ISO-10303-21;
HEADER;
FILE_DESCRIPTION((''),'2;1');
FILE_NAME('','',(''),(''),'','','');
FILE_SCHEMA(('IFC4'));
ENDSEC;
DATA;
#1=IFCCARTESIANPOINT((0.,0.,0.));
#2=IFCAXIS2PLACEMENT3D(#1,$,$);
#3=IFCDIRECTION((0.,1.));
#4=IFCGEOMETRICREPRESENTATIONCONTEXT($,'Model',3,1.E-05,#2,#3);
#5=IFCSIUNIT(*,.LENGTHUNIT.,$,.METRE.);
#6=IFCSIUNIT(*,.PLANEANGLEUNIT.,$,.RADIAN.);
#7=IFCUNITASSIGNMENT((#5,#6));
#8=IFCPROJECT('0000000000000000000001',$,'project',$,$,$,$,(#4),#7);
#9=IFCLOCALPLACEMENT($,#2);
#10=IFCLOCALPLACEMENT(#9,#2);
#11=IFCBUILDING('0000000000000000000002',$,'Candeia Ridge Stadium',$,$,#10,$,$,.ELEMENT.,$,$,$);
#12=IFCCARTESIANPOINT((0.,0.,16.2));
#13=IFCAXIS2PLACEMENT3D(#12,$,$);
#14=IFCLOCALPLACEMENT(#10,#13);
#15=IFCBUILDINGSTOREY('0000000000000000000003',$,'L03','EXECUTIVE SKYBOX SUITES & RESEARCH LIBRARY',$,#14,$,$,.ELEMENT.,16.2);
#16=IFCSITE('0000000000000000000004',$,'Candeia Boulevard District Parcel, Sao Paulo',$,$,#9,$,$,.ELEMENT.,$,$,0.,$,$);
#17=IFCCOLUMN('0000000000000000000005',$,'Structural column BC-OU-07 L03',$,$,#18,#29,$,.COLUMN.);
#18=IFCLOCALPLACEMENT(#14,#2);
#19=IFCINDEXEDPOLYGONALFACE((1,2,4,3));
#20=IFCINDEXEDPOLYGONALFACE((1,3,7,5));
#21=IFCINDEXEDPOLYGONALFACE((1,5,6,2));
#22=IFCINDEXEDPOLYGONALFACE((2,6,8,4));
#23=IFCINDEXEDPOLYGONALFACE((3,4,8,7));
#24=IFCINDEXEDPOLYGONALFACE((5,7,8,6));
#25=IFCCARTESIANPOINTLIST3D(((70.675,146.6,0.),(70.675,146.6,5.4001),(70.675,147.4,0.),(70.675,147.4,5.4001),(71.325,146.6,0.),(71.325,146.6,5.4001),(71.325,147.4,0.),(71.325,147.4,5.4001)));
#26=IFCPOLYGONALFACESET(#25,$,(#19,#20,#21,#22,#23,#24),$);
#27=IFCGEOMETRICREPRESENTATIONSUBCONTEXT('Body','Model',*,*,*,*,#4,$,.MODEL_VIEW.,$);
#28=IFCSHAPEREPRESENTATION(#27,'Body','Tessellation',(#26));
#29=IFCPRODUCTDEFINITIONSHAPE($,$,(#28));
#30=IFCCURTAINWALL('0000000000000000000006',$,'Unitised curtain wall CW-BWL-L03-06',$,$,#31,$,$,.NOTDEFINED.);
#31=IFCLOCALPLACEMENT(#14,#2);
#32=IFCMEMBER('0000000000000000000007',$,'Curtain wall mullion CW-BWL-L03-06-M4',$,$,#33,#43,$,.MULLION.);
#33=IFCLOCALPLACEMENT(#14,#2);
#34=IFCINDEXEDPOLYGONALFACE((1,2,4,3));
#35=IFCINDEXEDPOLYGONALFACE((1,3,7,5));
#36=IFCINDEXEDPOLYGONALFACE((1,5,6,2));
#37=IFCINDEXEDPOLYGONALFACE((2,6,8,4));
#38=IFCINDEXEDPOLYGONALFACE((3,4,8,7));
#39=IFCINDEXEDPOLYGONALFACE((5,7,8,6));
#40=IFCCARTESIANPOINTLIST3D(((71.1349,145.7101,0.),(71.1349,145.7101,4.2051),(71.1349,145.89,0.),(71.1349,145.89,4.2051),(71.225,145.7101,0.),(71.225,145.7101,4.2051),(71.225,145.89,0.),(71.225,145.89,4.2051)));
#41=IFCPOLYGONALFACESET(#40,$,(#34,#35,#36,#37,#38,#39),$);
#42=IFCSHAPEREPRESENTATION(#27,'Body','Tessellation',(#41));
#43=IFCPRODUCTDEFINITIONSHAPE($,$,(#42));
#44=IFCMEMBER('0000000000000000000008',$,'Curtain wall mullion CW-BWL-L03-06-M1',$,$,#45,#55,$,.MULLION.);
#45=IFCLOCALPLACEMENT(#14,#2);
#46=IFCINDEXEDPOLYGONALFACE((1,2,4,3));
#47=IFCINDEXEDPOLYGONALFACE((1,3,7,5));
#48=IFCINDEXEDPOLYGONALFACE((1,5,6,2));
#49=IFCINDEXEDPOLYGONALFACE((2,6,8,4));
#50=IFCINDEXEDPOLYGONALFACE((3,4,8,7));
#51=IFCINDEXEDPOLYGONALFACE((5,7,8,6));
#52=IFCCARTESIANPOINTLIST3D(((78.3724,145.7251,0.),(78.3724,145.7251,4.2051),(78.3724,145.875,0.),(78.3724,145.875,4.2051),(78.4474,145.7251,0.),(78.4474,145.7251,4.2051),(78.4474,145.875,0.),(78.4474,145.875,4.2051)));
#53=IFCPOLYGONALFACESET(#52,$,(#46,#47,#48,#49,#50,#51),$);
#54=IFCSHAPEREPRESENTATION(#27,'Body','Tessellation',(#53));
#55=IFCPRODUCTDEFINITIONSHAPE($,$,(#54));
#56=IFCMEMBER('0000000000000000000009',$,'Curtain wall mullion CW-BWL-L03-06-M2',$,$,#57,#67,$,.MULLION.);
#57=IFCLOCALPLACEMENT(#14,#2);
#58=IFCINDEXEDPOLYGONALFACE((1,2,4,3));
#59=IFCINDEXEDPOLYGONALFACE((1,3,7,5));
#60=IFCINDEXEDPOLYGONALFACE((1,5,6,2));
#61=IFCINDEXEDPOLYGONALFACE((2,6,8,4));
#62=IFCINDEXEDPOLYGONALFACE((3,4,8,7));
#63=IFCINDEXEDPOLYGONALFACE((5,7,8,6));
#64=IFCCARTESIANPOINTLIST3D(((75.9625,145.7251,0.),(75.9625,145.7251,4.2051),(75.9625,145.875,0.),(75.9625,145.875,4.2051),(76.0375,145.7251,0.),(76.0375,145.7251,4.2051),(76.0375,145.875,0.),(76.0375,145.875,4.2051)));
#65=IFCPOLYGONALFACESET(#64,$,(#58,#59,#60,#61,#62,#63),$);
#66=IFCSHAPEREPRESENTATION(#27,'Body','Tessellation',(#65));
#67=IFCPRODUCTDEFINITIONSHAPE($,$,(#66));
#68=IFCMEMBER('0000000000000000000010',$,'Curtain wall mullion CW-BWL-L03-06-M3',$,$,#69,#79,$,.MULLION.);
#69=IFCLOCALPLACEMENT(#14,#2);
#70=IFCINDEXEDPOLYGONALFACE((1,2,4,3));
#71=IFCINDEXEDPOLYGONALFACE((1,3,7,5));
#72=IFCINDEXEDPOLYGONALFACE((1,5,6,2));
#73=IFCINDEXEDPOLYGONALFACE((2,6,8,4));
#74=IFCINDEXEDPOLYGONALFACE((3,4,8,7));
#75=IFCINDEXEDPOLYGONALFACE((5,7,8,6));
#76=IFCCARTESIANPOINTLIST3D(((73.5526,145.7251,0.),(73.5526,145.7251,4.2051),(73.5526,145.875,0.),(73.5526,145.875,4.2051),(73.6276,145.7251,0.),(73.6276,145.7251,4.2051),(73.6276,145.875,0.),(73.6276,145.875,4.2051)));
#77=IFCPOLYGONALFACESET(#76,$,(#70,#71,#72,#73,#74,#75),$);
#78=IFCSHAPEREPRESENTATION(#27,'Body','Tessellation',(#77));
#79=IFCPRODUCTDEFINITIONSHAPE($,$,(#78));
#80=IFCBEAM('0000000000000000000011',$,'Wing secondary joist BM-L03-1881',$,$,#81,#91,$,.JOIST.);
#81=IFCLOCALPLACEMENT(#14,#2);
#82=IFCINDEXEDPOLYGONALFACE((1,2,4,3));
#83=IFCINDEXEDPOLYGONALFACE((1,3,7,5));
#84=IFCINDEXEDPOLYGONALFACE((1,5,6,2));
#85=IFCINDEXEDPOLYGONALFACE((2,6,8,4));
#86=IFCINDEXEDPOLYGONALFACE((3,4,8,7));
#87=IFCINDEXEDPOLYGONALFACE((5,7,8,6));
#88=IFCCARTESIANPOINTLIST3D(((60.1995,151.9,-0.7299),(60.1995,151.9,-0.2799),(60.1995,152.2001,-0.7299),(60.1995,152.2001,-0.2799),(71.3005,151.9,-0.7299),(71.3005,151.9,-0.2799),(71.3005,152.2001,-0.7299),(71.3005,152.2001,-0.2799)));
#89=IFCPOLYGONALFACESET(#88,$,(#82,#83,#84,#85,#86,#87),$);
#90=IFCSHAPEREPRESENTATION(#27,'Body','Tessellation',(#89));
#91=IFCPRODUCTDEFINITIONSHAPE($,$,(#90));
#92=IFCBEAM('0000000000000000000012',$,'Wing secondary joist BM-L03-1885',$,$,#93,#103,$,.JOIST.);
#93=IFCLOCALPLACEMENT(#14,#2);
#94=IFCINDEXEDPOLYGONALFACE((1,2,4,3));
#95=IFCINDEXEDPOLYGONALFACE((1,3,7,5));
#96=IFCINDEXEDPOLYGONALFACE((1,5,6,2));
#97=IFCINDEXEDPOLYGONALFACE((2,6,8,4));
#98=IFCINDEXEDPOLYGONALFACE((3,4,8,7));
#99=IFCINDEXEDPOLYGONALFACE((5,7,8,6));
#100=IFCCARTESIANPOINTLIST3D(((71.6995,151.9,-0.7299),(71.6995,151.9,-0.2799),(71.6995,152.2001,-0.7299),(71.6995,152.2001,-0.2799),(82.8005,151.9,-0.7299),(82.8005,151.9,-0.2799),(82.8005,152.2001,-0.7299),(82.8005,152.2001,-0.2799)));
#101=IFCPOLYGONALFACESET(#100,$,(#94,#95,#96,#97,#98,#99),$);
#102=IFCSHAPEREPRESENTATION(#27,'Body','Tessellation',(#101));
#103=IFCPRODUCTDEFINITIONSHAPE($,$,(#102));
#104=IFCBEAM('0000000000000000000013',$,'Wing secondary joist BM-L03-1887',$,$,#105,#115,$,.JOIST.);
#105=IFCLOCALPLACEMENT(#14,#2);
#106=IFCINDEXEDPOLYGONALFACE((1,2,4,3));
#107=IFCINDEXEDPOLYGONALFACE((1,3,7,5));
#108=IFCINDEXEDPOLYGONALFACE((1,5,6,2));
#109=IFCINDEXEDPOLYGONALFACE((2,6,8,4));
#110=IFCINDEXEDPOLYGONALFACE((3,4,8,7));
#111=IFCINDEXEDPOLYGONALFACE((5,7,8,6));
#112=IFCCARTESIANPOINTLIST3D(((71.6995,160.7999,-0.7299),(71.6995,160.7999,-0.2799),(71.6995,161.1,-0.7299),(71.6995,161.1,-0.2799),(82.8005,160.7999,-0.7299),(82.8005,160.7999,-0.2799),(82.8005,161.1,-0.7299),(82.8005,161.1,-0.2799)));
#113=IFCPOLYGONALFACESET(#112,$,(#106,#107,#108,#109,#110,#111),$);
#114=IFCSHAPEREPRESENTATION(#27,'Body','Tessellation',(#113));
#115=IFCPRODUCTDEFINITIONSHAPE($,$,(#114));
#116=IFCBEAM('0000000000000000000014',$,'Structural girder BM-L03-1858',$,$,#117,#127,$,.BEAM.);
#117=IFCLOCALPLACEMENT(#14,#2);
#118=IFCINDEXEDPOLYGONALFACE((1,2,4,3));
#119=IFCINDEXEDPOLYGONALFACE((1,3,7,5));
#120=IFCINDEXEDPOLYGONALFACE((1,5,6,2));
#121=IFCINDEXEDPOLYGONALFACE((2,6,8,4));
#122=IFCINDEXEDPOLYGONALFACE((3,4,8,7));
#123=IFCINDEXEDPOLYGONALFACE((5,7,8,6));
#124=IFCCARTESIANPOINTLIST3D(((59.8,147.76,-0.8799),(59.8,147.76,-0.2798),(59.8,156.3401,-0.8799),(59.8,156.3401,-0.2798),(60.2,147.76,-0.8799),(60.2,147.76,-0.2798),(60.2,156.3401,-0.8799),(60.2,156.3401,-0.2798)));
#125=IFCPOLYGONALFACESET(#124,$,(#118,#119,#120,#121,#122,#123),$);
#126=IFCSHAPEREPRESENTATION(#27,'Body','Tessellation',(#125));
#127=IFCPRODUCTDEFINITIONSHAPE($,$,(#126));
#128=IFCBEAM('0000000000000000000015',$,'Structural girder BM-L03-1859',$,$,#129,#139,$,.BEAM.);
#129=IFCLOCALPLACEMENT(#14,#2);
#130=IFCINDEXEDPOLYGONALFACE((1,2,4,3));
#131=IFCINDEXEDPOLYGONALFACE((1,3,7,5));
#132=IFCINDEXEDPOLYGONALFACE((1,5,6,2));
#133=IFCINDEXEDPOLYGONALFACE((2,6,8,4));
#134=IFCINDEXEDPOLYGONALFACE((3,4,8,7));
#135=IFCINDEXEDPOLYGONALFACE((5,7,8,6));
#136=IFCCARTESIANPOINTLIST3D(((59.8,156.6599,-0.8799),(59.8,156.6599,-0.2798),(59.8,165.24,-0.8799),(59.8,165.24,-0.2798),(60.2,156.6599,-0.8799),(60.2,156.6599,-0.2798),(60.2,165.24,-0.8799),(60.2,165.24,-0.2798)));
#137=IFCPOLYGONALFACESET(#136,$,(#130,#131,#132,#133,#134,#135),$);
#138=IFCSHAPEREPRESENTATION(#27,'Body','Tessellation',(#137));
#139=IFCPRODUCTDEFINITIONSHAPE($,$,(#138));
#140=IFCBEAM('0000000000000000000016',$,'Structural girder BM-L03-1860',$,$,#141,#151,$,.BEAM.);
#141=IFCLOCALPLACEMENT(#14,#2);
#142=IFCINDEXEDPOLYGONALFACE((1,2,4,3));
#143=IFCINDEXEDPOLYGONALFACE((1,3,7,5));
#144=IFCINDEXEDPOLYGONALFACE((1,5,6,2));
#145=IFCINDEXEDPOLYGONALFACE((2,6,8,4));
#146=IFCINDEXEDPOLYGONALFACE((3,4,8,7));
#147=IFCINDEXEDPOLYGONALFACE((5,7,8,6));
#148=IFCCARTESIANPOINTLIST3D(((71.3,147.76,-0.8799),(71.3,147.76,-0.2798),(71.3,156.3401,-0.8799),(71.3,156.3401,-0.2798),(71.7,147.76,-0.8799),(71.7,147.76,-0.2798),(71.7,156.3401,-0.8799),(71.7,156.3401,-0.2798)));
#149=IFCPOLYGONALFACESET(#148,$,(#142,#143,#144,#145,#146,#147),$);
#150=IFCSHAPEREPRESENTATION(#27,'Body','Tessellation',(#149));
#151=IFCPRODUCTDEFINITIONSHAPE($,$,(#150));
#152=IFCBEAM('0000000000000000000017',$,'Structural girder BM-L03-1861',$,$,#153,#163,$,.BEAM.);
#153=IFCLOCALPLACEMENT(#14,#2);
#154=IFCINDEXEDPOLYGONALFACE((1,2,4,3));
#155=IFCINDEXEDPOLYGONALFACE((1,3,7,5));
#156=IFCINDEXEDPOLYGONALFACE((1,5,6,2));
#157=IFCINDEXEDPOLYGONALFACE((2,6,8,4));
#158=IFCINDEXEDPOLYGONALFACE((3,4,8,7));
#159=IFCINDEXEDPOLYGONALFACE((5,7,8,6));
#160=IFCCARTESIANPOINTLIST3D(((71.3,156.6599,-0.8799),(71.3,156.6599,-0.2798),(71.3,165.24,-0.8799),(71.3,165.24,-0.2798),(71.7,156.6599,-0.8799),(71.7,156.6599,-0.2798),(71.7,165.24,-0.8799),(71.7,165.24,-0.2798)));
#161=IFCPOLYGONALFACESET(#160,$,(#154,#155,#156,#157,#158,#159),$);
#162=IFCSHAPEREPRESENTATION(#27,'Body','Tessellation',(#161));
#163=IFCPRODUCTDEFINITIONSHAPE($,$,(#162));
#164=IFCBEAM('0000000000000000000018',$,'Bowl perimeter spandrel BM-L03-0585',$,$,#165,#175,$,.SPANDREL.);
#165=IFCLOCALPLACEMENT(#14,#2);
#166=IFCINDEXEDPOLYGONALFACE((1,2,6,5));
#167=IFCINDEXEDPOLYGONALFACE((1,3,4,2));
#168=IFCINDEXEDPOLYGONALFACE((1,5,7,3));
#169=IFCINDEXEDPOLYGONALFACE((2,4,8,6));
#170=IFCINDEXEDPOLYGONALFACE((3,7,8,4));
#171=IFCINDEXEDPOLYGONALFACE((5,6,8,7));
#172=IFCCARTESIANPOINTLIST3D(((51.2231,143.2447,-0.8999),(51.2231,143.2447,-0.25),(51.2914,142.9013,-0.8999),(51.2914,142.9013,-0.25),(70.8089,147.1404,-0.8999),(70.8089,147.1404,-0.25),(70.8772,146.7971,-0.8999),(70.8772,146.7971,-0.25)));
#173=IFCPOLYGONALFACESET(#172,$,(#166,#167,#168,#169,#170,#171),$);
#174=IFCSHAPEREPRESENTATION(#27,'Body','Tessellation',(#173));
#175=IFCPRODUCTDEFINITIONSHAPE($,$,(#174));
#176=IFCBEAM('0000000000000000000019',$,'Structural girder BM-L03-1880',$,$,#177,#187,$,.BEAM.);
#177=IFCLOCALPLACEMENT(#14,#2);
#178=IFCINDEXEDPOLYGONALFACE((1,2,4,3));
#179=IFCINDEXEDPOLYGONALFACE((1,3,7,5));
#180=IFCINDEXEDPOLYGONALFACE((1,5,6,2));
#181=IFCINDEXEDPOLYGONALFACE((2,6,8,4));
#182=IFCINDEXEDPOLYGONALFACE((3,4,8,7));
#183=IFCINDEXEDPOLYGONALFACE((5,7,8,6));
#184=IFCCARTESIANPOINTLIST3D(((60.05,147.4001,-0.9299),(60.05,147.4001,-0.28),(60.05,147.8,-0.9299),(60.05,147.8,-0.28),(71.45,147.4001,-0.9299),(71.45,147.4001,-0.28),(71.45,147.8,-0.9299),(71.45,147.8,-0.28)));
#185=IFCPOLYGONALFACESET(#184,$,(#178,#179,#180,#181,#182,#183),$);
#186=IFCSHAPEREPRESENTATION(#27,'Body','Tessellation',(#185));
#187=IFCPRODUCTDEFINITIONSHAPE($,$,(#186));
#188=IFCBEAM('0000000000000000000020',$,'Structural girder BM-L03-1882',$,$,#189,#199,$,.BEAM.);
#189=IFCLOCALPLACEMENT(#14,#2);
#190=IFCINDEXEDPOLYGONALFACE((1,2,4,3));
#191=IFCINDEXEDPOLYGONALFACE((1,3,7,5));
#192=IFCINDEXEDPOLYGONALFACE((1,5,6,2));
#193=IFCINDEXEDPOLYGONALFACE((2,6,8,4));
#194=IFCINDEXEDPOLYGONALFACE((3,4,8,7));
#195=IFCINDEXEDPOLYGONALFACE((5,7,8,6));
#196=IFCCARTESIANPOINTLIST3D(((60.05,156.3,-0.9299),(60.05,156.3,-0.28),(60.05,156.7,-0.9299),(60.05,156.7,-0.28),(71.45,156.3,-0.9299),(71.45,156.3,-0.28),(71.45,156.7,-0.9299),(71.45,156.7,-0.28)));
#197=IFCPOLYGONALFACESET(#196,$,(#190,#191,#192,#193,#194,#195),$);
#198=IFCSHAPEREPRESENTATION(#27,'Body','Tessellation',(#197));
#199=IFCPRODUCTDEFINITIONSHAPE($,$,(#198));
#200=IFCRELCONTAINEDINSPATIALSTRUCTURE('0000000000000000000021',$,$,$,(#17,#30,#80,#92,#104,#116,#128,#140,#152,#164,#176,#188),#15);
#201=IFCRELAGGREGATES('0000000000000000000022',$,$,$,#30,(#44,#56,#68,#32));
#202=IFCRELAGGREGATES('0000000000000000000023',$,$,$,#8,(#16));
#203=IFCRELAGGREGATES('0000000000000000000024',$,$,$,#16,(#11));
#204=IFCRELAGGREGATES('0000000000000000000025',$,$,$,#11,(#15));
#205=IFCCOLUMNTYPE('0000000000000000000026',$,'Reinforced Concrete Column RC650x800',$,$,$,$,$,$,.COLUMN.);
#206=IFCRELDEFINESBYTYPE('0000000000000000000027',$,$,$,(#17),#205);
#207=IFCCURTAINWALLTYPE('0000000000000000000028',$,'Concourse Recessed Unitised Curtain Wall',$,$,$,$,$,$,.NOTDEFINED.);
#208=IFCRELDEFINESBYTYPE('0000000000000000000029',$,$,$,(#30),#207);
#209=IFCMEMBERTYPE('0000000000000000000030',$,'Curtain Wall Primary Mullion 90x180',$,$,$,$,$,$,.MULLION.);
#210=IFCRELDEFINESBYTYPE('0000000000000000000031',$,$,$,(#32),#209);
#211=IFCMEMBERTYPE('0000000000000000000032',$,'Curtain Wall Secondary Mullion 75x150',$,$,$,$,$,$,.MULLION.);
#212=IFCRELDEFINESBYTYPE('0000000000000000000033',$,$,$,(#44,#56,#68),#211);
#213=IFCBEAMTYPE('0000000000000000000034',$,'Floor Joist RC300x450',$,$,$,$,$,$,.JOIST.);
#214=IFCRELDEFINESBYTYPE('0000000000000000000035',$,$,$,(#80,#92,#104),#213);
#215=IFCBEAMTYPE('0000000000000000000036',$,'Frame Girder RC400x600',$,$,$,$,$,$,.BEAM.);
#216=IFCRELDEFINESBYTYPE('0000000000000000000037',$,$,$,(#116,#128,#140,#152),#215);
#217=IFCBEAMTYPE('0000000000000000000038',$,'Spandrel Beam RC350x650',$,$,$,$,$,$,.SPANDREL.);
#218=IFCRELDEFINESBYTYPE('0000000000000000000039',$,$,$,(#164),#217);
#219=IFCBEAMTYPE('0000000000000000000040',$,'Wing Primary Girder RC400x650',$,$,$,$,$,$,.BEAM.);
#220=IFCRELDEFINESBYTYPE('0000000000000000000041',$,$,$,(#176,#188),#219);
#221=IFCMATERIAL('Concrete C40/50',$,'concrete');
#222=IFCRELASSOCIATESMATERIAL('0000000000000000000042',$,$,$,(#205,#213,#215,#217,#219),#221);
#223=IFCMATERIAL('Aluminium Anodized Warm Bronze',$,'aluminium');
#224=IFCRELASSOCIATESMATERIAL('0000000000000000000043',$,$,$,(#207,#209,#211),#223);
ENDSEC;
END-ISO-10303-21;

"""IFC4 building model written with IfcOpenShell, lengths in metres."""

from ifc_helpers import new_model, si_unit, direction, frame, origin, origin_2d, place, context, subcontext, project, spatial, rectangle, extrude, material, material_profile, profile_set, type_object, element, aggregate, save


model = new_model("IFC4")

# Units and contexts
model_context = context("Model", 3, precision=1e-05, world=origin(), true_north=direction((0.0, 1.0)))
body_context = subcontext(model_context, "Body", "Model", "MODEL_VIEW")
ifc_project = project(units=[si_unit("LENGTHUNIT", "METRE"), si_unit("PLANEANGLEUNIT", "RADIAN")], contexts=[model_context])

# Site, building, storey
site_placement = place(None, origin())
site = spatial("IfcSite", under=ifc_project, at=site_placement, Name="Candeia Boulevard District Parcel, Sao Paulo", CompositionType="ELEMENT", RefElevation=0.0)
building_placement = place(site_placement, origin())
building = spatial("IfcBuilding", under=site, at=building_placement, Name="Candeia Ridge Stadium", CompositionType="ELEMENT")
storey_placement = place(building_placement, frame((0.0, 0.0, 16.2)))
storey = spatial("IfcBuildingStorey", under=building, at=storey_placement, Name="L03", Description="EXECUTIVE SKYBOX SUITES & RESEARCH LIBRARY", CompositionType="ELEMENT", Elevation=16.2)

# Column
ifc_material_1 = material(Name="Concrete C40/50", Category="concrete")
ifc_material_profile_1 = material_profile(ifc_material_1, rectangle(XDim=0.6499, YDim=0.8, at=origin_2d()), Name="RC650x800", Category="concrete")
ifc_profile_set_1 = profile_set([ifc_material_profile_1], Name="Concrete C40/50")
column_type = type_object("IfcColumnType", Name="Reinforced Concrete Column RC650x800", PredefinedType="COLUMN", material=ifc_profile_set_1)
column_placement = place(storey_placement, frame((71.0, 147.0, 0.0), z_axis=(0.0, 0.0, 1.0), x_axis=(1.0, 0.0, 0.0)))
element("IfcColumn", 1, at=column_placement, inside=storey, type_object=column_type, Name="Structural column BC-OU-07 L03", PredefinedType="COLUMN", context=body_context, shape_type="SweptSolid", body=[
    extrude(rectangle(XDim=0.6499, YDim=0.8, at=origin_2d()), origin(), (0.0, 0.0, 1.0), 5.4001),
])

# Curtain wall, members
ifc_material_2 = material(Name="Aluminium Anodized Warm Bronze", Category="aluminium")
curtain_wall_type = type_object("IfcCurtainWallType", Name="Concourse Recessed Unitised Curtain Wall", PredefinedType="NOTDEFINED", material=ifc_material_2)
curtain_wall_placement = place(storey_placement, origin())
curtain_wall = element("IfcCurtainWall", 2, at=curtain_wall_placement, inside=storey, type_object=curtain_wall_type, Name="Unitised curtain wall CW-BWL-L03-06", PredefinedType="NOTDEFINED")
ifc_material_profile_2 = material_profile(ifc_material_2, rectangle(XDim=0.0901, YDim=0.1799, at=origin_2d()), Name="CWM-90x180", Category="aluminium")
ifc_profile_set_2 = profile_set([ifc_material_profile_2], Name="Aluminium Anodized Warm Bronze")
member_type_1 = type_object("IfcMemberType", Name="Curtain Wall Primary Mullion 90x180", PredefinedType="MULLION", material=ifc_profile_set_2)
member_1_placement = place(storey_placement, frame((71.1799, 145.8, 0.0), z_axis=(0.0, 0.0, 1.0), x_axis=(1.0, 0.0, 0.0)))
member_1 = element("IfcMember", 3, at=member_1_placement, type_object=member_type_1, Name="Curtain wall mullion CW-BWL-L03-06-M4", PredefinedType="MULLION", context=body_context, shape_type="SweptSolid", body=[
    extrude(rectangle(XDim=0.0901, YDim=0.1799, at=origin_2d()), origin(), (0.0, 0.0, 1.0), 4.2051),
])
ifc_material_profile_3 = material_profile(ifc_material_2, rectangle(XDim=0.075, YDim=0.1499, at=origin_2d()), Name="CWM-75x150", Category="aluminium")
ifc_profile_set_3 = profile_set([ifc_material_profile_3], Name="Aluminium Anodized Warm Bronze")
member_type_2 = type_object("IfcMemberType", Name="Curtain Wall Secondary Mullion 75x150", PredefinedType="MULLION", material=ifc_profile_set_3)
member_2_placement = place(storey_placement, frame((78.4099, 145.8, 0.0), z_axis=(0.0, 0.0, 1.0), x_axis=(1.0, 0.0, 0.0)))
member_2 = element("IfcMember", 4, at=member_2_placement, type_object=member_type_2, Name="Curtain wall mullion CW-BWL-L03-06-M1", PredefinedType="MULLION", context=body_context, shape_type="SweptSolid", body=[
    extrude(rectangle(XDim=0.075, YDim=0.1499, at=origin_2d()), origin(), (0.0, 0.0, 1.0), 4.2051),
])
member_3_placement = place(storey_placement, frame((76.0, 145.8, 0.0), z_axis=(0.0, 0.0, 1.0), x_axis=(1.0, 0.0, 0.0)))
member_3 = element("IfcMember", 5, at=member_3_placement, type_object=member_type_2, Name="Curtain wall mullion CW-BWL-L03-06-M2", PredefinedType="MULLION", context=body_context, shape_type="SweptSolid", body=[
    extrude(rectangle(XDim=0.075, YDim=0.1499, at=origin_2d()), origin(), (0.0, 0.0, 1.0), 4.2051),
])
member_4_placement = place(storey_placement, frame((73.5901, 145.8, 0.0), z_axis=(0.0, 0.0, 1.0), x_axis=(1.0, 0.0, 0.0)))
member_4 = element("IfcMember", 6, at=member_4_placement, type_object=member_type_2, Name="Curtain wall mullion CW-BWL-L03-06-M3", PredefinedType="MULLION", context=body_context, shape_type="SweptSolid", body=[
    extrude(rectangle(XDim=0.075, YDim=0.1499, at=origin_2d()), origin(), (0.0, 0.0, 1.0), 4.2051),
])

# Beams
ifc_material_profile_4 = material_profile(ifc_material_1, rectangle(XDim=0.3, YDim=0.45, at=origin_2d()), Name="RC300x450", Category="concrete")
ifc_profile_set_4 = profile_set([ifc_material_profile_4], Name="Concrete C40/50")
beam_type_1 = type_object("IfcBeamType", Name="Floor Joist RC300x450", PredefinedType="JOIST", material=ifc_profile_set_4)
for number, where, z_axis, x_axis, name in (
    (7, (60.1995, 152.05, -0.5049), (1.0, 0.0, 0.0), (0.0, 1.0, 0.0), "Wing secondary joist BM-L03-1881"),
    (8, (71.6995, 152.05, -0.5049), (1.0, 0.0, 0.0), (0.0, 1.0, 0.0), "Wing secondary joist BM-L03-1885"),
    (9, (71.6995, 160.95, -0.5049), (1.0, 0.0, 0.0), (0.0, 1.0, 0.0), "Wing secondary joist BM-L03-1887"),
):
    element("IfcBeam", number, at=place(storey_placement, frame(where, z_axis=z_axis, x_axis=x_axis)), inside=storey, type_object=beam_type_1, Name=name, PredefinedType="JOIST", context=body_context, shape_type="SweptSolid", body=[
        extrude(rectangle(XDim=0.3, YDim=0.45, at=origin_2d()), origin(), (0.0, 0.0, 1.0), 11.1011),
    ])
ifc_material_profile_5 = material_profile(ifc_material_1, rectangle(XDim=0.3999, YDim=0.6001, at=origin_2d()), Name="RC400x600", Category="concrete")
ifc_profile_set_5 = profile_set([ifc_material_profile_5], Name="Concrete C40/50")
beam_type_2 = type_object("IfcBeamType", Name="Frame Girder RC400x600", PredefinedType="BEAM", material=ifc_profile_set_5)
for number, where, z_axis, x_axis, name in (
    (10, (60.0, 147.76, -0.5798), (0.0, 1.0, 0.0), (-1.0, 0.0, 0.0), "Structural girder BM-L03-1858"),
    (11, (60.0, 156.6599, -0.5798), (0.0, 1.0, 0.0), (-1.0, 0.0, 0.0), "Structural girder BM-L03-1859"),
    (12, (71.5, 147.76, -0.5798), (0.0, 1.0, 0.0), (-1.0, 0.0, 0.0), "Structural girder BM-L03-1860"),
    (13, (71.5, 156.6599, -0.5798), (0.0, 1.0, 0.0), (-1.0, 0.0, 0.0), "Structural girder BM-L03-1861"),
):
    element("IfcBeam", number, at=place(storey_placement, frame(where, z_axis=z_axis, x_axis=x_axis)), inside=storey, type_object=beam_type_2, Name=name, PredefinedType="BEAM", context=body_context, shape_type="SweptSolid", body=[
        extrude(rectangle(XDim=0.3999, YDim=0.6001, at=origin_2d()), origin(), (0.0, 0.0, 1.0), 8.5801),
    ])
ifc_material_profile_6 = material_profile(ifc_material_1, rectangle(XDim=0.3501, YDim=0.6499, at=origin_2d()), Name="RC350x650", Category="concrete")
ifc_profile_set_6 = profile_set([ifc_material_profile_6], Name="Concrete C40/50")
beam_type_3 = type_object("IfcBeamType", Name="Spandrel Beam RC350x650", PredefinedType="SPANDREL", material=ifc_profile_set_6)
beam_placement = place(storey_placement, frame((70.843, 146.9688, -0.575), z_axis=(-0.980786, -0.195086, 0.0), x_axis=(0.195086, -0.980786, 0.0)))
element("IfcBeam", 14, at=beam_placement, inside=storey, type_object=beam_type_3, Name="Bowl perimeter spandrel BM-L03-0585", PredefinedType="SPANDREL", context=body_context, shape_type="SweptSolid", body=[
    extrude(rectangle(XDim=0.3501, YDim=0.6499, at=origin_2d()), origin(), (0.0, 0.0, 1.0), 19.9695),
])
ifc_material_profile_7 = material_profile(ifc_material_1, rectangle(XDim=0.3999, YDim=0.6499, at=origin_2d()), Name="RC400x650", Category="concrete")
ifc_profile_set_7 = profile_set([ifc_material_profile_7], Name="Concrete C40/50")
beam_type_4 = type_object("IfcBeamType", Name="Wing Primary Girder RC400x650", PredefinedType="BEAM", material=ifc_profile_set_7)
for number, where, z_axis, x_axis, name in (
    (15, (60.05, 147.6001, -0.605), (1.0, 0.0, 0.0), (0.0, 1.0, 0.0), "Structural girder BM-L03-1880"),
    (16, (60.05, 156.5, -0.605), (1.0, 0.0, 0.0), (0.0, 1.0, 0.0), "Structural girder BM-L03-1882"),
):
    element("IfcBeam", number, at=place(storey_placement, frame(where, z_axis=z_axis, x_axis=x_axis)), inside=storey, type_object=beam_type_4, Name=name, PredefinedType="BEAM", context=body_context, shape_type="SweptSolid", body=[
        extrude(rectangle(XDim=0.3999, YDim=0.6499, at=origin_2d()), origin(), (0.0, 0.0, 1.0), 11.3999),
    ])

aggregate(curtain_wall, [member_2, member_3, member_4, member_1])

save(model, "model.ifc")
